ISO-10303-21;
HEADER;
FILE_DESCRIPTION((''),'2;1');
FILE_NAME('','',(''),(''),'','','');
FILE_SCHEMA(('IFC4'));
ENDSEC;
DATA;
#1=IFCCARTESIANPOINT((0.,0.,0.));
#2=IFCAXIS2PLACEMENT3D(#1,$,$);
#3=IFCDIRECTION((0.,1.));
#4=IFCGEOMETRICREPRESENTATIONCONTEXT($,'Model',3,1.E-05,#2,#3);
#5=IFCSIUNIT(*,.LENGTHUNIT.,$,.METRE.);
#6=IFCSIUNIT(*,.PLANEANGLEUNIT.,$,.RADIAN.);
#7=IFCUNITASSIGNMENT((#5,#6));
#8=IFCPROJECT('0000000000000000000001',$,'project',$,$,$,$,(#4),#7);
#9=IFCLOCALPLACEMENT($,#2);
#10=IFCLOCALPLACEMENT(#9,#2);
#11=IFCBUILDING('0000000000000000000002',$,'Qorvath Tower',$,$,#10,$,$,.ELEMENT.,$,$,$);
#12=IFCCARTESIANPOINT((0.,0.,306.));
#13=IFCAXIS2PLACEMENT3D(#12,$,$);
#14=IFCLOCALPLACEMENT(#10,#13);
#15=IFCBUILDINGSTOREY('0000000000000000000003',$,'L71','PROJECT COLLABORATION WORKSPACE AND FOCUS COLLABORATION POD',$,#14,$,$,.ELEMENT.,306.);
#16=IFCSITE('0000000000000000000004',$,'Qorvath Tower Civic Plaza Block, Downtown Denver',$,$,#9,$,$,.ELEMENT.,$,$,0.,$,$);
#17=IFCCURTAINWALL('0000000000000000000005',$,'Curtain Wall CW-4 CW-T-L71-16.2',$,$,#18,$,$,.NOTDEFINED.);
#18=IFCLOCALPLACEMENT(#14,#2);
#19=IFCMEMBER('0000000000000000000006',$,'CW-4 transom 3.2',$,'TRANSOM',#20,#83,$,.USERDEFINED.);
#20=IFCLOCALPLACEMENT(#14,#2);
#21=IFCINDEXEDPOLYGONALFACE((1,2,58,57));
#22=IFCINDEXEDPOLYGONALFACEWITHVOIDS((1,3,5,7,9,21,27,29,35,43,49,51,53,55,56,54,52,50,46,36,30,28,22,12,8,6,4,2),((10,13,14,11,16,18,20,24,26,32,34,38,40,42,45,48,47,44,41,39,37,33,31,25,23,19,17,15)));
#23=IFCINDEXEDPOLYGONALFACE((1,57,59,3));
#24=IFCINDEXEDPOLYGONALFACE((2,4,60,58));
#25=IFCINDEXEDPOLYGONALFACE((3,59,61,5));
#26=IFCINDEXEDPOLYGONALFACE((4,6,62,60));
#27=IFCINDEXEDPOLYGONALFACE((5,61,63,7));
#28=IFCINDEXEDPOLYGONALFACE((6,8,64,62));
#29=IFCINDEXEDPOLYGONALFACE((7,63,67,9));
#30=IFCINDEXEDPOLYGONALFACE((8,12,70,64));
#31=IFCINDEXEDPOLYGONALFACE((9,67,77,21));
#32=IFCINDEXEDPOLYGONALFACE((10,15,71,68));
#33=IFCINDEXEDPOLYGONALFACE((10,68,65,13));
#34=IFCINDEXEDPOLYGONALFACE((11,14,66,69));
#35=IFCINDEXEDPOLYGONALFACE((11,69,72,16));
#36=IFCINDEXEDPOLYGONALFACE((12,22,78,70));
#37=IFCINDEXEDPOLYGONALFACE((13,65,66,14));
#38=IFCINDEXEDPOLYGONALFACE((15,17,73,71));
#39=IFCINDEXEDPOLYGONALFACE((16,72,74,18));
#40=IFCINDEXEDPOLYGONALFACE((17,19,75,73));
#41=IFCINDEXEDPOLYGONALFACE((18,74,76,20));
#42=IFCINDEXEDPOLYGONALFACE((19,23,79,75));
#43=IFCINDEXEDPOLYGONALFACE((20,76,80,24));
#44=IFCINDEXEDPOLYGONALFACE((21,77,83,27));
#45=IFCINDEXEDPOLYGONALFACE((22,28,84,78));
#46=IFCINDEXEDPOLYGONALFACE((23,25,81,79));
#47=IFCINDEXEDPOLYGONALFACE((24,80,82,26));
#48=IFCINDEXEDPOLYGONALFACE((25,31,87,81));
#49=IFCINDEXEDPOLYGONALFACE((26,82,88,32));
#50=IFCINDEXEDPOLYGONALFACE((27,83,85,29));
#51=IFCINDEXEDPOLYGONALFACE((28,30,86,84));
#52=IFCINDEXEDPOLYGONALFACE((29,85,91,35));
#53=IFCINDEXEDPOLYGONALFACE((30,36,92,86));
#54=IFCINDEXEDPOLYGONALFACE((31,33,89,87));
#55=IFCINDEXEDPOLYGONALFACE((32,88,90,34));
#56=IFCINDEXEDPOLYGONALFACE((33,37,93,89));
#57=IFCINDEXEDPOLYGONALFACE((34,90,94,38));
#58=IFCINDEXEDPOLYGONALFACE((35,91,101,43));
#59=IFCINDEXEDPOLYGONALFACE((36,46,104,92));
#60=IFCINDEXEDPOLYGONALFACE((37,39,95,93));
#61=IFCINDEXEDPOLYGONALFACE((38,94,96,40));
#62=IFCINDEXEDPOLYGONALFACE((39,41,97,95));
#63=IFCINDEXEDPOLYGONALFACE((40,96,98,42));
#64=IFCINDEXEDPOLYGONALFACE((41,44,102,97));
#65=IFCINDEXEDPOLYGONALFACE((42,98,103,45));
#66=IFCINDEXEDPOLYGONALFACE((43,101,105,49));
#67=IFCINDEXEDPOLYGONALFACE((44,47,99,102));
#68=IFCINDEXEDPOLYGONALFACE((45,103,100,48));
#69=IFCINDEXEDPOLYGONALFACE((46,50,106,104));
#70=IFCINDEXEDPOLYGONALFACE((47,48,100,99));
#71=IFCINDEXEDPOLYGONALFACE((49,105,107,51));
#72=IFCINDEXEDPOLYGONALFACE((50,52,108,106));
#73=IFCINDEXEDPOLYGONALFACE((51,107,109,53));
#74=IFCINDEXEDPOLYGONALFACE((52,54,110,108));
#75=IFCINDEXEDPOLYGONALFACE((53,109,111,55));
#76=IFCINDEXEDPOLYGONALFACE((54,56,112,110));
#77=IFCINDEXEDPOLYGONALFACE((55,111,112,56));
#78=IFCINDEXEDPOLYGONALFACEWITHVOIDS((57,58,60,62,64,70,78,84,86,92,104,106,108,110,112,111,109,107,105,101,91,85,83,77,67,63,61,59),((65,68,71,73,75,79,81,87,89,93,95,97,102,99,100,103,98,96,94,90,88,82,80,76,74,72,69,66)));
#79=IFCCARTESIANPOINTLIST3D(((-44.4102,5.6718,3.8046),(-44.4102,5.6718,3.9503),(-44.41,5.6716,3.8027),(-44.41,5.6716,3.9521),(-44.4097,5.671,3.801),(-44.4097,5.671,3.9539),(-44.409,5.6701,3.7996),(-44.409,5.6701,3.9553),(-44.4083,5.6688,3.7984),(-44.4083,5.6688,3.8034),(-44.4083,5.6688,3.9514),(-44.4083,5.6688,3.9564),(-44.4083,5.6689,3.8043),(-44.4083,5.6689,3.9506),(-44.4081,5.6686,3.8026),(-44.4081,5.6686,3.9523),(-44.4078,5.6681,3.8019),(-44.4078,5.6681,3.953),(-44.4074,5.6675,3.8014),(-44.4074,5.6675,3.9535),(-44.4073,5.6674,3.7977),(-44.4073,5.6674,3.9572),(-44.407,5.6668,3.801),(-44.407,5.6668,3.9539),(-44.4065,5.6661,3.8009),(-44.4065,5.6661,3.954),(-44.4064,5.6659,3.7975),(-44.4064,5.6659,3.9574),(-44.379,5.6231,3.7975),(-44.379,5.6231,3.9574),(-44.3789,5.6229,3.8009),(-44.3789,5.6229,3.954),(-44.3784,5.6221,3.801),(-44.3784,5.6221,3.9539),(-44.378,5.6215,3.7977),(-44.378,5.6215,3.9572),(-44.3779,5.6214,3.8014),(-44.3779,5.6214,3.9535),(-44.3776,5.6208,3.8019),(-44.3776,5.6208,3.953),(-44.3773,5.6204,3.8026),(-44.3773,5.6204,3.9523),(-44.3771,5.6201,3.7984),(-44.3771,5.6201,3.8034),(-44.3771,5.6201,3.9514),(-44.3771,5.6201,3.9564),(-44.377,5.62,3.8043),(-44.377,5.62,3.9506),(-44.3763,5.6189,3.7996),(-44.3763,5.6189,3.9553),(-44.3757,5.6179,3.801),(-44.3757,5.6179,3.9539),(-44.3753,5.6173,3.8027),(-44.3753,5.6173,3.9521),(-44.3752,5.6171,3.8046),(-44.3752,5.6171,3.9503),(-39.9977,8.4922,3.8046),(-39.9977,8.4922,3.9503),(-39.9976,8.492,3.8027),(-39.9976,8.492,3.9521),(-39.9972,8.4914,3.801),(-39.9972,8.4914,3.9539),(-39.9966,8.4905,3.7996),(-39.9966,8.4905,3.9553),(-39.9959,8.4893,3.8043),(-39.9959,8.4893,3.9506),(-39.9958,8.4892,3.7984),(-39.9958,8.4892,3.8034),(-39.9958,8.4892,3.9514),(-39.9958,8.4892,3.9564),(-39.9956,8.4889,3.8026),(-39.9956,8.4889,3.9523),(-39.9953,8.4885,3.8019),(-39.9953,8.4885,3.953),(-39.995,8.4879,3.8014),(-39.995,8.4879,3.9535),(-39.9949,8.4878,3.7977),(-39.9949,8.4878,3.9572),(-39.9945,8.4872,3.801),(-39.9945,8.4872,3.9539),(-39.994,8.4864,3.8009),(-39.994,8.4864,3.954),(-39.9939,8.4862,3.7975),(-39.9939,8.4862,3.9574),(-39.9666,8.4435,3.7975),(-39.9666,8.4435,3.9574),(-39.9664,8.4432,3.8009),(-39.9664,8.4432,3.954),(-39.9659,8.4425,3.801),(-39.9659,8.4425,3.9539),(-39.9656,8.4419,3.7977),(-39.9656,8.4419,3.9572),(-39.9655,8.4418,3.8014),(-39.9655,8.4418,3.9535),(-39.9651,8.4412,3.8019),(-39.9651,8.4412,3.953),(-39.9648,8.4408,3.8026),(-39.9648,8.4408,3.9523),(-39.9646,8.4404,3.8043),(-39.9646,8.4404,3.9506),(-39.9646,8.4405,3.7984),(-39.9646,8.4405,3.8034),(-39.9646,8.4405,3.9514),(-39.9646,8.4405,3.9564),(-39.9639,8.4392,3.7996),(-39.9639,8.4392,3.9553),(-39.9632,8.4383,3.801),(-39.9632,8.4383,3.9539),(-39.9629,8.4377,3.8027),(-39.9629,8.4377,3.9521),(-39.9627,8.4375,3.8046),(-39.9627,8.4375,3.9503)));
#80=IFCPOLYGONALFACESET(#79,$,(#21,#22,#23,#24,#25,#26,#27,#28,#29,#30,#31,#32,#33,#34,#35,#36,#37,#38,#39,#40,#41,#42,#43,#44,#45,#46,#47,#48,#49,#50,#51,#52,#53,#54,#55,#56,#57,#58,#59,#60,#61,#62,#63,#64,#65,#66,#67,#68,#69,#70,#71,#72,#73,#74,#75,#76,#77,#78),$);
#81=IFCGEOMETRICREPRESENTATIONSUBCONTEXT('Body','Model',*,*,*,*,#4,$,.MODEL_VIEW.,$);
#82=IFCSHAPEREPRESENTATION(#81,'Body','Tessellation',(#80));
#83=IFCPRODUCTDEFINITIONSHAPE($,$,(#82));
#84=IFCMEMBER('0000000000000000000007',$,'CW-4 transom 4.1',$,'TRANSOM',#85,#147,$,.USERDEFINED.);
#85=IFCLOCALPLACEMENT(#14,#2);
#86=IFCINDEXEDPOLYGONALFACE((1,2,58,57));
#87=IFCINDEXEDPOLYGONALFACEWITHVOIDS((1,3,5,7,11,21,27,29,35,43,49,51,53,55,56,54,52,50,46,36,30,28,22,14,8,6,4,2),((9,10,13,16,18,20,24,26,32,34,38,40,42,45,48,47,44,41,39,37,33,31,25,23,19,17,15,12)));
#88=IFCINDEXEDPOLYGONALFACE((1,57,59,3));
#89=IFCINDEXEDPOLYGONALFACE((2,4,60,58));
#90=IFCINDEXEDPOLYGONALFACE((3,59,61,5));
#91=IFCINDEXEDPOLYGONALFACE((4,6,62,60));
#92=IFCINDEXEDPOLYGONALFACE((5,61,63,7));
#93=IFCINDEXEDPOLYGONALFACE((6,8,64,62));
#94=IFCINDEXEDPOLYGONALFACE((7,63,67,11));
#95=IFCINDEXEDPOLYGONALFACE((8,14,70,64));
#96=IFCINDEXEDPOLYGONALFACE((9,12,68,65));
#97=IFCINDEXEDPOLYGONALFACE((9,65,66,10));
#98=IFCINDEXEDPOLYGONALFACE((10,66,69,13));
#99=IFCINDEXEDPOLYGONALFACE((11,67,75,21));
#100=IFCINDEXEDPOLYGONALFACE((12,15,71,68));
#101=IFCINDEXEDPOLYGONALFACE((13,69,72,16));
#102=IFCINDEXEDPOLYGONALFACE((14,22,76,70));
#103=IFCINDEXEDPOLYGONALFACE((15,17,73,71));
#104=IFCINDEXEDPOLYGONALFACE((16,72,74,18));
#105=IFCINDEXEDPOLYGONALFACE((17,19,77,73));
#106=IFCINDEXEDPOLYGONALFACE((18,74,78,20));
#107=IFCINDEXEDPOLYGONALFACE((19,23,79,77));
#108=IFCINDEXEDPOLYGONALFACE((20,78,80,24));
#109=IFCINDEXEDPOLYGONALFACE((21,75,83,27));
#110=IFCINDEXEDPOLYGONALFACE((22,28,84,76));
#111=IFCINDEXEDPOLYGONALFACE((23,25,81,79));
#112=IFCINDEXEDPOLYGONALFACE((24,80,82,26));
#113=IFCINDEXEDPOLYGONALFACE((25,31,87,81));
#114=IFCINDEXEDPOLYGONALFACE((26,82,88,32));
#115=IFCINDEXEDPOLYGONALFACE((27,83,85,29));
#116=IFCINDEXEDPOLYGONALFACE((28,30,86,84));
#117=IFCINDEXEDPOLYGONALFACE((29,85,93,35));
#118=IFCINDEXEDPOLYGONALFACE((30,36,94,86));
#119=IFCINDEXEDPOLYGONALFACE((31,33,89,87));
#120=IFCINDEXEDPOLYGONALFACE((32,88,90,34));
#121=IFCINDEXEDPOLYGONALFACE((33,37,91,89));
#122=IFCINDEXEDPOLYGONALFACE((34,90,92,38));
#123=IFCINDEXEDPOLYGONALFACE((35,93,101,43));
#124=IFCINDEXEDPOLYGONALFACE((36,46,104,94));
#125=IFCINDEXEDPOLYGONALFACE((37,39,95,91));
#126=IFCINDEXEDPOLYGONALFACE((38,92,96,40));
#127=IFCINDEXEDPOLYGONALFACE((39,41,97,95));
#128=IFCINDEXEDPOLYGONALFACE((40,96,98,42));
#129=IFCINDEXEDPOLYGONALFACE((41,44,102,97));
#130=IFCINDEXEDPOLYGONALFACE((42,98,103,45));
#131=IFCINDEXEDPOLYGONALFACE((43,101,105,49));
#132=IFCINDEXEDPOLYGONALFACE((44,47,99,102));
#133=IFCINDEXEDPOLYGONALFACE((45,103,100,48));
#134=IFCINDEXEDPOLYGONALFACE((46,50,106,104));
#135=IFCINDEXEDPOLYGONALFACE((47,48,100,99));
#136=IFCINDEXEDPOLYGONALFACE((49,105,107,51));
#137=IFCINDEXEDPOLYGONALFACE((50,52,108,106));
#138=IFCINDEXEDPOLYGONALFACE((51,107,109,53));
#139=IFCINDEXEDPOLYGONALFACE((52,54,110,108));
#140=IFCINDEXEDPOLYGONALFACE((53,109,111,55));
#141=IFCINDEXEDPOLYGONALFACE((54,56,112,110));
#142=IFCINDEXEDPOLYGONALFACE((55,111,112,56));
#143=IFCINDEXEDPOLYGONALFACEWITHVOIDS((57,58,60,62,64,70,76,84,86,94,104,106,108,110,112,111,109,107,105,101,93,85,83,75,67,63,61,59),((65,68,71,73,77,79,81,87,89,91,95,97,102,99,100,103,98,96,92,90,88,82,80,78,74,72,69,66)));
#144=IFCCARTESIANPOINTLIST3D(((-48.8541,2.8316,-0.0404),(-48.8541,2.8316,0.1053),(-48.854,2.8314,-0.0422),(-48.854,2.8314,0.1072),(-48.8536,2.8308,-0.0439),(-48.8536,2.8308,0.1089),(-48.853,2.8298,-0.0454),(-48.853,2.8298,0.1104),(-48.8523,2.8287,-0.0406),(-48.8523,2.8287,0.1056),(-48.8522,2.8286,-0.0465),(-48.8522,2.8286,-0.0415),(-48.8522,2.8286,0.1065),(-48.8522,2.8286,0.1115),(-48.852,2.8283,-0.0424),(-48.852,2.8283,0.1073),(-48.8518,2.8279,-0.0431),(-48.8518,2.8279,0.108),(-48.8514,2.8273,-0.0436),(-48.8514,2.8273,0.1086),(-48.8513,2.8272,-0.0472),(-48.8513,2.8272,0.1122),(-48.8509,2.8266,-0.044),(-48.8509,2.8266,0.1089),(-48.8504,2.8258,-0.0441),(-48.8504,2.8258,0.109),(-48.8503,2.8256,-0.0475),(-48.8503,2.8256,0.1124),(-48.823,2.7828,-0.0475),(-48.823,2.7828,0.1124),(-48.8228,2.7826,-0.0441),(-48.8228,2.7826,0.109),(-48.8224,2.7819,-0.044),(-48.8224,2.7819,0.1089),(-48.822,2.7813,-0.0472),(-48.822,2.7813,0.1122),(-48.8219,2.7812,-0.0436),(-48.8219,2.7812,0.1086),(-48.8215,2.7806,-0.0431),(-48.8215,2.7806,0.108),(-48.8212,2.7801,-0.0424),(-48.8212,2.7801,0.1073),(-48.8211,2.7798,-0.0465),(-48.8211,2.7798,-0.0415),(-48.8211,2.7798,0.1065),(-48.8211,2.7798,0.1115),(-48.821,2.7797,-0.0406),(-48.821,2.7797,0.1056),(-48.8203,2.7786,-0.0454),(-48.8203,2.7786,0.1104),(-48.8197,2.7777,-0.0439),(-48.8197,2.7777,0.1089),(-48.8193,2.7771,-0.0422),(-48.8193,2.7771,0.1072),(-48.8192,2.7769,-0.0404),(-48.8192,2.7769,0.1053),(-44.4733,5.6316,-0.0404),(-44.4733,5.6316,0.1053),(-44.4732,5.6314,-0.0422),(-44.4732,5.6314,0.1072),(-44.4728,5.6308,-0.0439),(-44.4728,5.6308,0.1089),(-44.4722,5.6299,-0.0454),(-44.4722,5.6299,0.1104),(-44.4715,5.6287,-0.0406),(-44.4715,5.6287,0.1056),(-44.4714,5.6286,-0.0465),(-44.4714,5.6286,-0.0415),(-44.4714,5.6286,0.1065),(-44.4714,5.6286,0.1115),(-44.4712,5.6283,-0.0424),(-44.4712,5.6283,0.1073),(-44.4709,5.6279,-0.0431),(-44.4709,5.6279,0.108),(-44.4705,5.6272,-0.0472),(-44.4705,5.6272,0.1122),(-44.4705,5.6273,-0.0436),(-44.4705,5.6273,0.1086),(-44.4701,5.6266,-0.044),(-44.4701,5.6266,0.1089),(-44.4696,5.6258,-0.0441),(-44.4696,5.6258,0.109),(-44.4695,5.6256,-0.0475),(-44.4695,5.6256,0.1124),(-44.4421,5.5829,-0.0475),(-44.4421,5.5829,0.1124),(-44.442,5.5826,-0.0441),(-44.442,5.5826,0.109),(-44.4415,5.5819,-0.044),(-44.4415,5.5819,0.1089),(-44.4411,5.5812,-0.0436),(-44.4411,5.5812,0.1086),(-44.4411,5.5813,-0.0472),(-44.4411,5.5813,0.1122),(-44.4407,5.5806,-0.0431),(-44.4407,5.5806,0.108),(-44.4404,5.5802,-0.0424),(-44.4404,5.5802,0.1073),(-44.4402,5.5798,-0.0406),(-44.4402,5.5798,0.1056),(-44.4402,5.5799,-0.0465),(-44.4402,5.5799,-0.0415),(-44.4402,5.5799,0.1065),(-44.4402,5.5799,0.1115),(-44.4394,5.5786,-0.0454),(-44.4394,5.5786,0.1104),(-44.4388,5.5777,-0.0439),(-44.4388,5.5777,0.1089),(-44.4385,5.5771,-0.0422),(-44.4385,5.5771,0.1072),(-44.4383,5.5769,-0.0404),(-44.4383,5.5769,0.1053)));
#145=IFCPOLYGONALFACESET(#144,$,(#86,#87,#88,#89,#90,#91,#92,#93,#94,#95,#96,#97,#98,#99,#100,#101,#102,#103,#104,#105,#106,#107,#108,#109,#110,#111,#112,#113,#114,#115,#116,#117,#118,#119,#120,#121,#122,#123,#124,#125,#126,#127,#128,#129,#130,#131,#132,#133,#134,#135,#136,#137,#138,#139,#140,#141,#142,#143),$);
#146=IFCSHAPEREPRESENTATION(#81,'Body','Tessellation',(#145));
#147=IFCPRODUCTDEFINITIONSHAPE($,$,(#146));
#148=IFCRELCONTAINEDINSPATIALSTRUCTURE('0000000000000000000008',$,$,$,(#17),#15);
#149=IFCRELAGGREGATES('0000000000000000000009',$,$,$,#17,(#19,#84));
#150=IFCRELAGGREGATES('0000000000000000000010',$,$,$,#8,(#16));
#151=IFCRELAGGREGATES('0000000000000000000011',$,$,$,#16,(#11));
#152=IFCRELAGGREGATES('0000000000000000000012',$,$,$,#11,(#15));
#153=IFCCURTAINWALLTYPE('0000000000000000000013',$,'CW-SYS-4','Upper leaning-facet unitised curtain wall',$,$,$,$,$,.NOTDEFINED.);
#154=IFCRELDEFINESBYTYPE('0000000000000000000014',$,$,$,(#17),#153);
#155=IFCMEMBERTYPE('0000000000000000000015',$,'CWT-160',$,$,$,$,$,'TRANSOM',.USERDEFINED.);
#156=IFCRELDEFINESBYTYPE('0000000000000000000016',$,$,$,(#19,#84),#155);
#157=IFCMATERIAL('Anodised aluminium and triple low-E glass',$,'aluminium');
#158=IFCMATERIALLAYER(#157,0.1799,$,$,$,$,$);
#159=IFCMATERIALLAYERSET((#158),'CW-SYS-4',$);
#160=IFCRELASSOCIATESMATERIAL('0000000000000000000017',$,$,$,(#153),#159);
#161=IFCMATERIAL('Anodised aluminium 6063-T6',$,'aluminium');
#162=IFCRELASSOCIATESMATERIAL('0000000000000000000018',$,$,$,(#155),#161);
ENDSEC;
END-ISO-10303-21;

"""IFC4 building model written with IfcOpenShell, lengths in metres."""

from ifc_helpers import new_model, si_unit, direction, frame, origin, origin_2d, place, context, subcontext, project, spatial, hollow_rectangle, extrude, material, layer, layer_set, material_profile, profile_set, type_object, element, aggregate, save


model = new_model("IFC4")

# Units and contexts
model_context = context("Model", 3, precision=1e-05, world=origin(), true_north=direction((0.0, 1.0)))
body_context = subcontext(model_context, "Body", "Model", "MODEL_VIEW")
ifc_project = project(units=[si_unit("LENGTHUNIT", "METRE"), si_unit("PLANEANGLEUNIT", "RADIAN")], contexts=[model_context])

# Site, building, storey
site_placement = place(None, origin())
site = spatial("IfcSite", under=ifc_project, at=site_placement, Name="Qorvath Tower Civic Plaza Block, Downtown Denver", CompositionType="ELEMENT", RefElevation=0.0)
building_placement = place(site_placement, origin())
building = spatial("IfcBuilding", under=site, at=building_placement, Name="Qorvath Tower", CompositionType="ELEMENT")
storey_placement = place(building_placement, frame((0.0, 0.0, 306.0)))
storey = spatial("IfcBuildingStorey", under=building, at=storey_placement, Name="L71", Description="PROJECT COLLABORATION WORKSPACE AND FOCUS COLLABORATION POD", CompositionType="ELEMENT", Elevation=306.0)

# Curtain wall, members
ifc_material_1 = material(Name="Anodised aluminium and triple low-E glass", Category="aluminium")
ifc_layer_1 = layer(ifc_material_1, 0.1799)
ifc_layer_set_1 = layer_set([ifc_layer_1], Name="CW-SYS-4")
curtain_wall_type = type_object("IfcCurtainWallType", Name="CW-SYS-4", Description="Upper leaning-facet unitised curtain wall", PredefinedType="NOTDEFINED", material=ifc_layer_set_1)
curtain_wall_placement = place(storey_placement, origin())
curtain_wall = element("IfcCurtainWall", 1, at=curtain_wall_placement, inside=storey, type_object=curtain_wall_type, Name="Curtain Wall CW-4 CW-T-L71-16.2", PredefinedType="NOTDEFINED")
ifc_material_2 = material(Name="Anodised aluminium 6063-T6", Category="aluminium")
ifc_material_profile_1 = material_profile(ifc_material_2, hollow_rectangle(XDim=0.0649, YDim=0.1599, WallThickness=0.0034, InnerFilletRadius=0.0034, OuterFilletRadius=0.0071, at=origin_2d()), Name="CWT 160x65")
ifc_profile_set_1 = profile_set([ifc_material_profile_1], Name="Anodised aluminium 6063-T6")
member_type_1 = type_object("IfcMemberType", Name="CWT-160", ElementType="TRANSOM", PredefinedType="USERDEFINED", material=ifc_profile_set_1)
member_1_placement = place(storey_placement, frame((-39.9802, 8.4648, 3.8774), z_axis=(-0.842583, -0.538567, 0.0), x_axis=(0.538567, -0.842583, 0.0)))
member_1 = element("IfcMember", 2, at=member_1_placement, type_object=member_type_1, Name="CW-4 transom 3.2", ObjectType="TRANSOM", PredefinedType="USERDEFINED", context=body_context, shape_type="SweptSolid", body=[
    extrude(hollow_rectangle(XDim=0.0649, YDim=0.1599, WallThickness=0.0034, InnerFilletRadius=0.0034, OuterFilletRadius=0.0071, at=origin_2d()), origin(), (0.0, 0.0, 1.0), 5.2368),
])
member_2_placement = place(storey_placement, frame((-44.4558, 5.6042, 0.0325), z_axis=(-0.842594, -0.538549, 0.0), x_axis=(0.538549, -0.842594, 0.0)))
member_2 = element("IfcMember", 3, at=member_2_placement, type_object=member_type_1, Name="CW-4 transom 4.1", ObjectType="TRANSOM", PredefinedType="USERDEFINED", context=body_context, shape_type="SweptSolid", body=[
    extrude(hollow_rectangle(XDim=0.0649, YDim=0.1599, WallThickness=0.0034, InnerFilletRadius=0.0034, OuterFilletRadius=0.0071, at=origin_2d()), origin(), (0.0, 0.0, 1.0), 5.1992),
])
aggregate(curtain_wall, [member_1, member_2])

save(model, "model.ifc")
